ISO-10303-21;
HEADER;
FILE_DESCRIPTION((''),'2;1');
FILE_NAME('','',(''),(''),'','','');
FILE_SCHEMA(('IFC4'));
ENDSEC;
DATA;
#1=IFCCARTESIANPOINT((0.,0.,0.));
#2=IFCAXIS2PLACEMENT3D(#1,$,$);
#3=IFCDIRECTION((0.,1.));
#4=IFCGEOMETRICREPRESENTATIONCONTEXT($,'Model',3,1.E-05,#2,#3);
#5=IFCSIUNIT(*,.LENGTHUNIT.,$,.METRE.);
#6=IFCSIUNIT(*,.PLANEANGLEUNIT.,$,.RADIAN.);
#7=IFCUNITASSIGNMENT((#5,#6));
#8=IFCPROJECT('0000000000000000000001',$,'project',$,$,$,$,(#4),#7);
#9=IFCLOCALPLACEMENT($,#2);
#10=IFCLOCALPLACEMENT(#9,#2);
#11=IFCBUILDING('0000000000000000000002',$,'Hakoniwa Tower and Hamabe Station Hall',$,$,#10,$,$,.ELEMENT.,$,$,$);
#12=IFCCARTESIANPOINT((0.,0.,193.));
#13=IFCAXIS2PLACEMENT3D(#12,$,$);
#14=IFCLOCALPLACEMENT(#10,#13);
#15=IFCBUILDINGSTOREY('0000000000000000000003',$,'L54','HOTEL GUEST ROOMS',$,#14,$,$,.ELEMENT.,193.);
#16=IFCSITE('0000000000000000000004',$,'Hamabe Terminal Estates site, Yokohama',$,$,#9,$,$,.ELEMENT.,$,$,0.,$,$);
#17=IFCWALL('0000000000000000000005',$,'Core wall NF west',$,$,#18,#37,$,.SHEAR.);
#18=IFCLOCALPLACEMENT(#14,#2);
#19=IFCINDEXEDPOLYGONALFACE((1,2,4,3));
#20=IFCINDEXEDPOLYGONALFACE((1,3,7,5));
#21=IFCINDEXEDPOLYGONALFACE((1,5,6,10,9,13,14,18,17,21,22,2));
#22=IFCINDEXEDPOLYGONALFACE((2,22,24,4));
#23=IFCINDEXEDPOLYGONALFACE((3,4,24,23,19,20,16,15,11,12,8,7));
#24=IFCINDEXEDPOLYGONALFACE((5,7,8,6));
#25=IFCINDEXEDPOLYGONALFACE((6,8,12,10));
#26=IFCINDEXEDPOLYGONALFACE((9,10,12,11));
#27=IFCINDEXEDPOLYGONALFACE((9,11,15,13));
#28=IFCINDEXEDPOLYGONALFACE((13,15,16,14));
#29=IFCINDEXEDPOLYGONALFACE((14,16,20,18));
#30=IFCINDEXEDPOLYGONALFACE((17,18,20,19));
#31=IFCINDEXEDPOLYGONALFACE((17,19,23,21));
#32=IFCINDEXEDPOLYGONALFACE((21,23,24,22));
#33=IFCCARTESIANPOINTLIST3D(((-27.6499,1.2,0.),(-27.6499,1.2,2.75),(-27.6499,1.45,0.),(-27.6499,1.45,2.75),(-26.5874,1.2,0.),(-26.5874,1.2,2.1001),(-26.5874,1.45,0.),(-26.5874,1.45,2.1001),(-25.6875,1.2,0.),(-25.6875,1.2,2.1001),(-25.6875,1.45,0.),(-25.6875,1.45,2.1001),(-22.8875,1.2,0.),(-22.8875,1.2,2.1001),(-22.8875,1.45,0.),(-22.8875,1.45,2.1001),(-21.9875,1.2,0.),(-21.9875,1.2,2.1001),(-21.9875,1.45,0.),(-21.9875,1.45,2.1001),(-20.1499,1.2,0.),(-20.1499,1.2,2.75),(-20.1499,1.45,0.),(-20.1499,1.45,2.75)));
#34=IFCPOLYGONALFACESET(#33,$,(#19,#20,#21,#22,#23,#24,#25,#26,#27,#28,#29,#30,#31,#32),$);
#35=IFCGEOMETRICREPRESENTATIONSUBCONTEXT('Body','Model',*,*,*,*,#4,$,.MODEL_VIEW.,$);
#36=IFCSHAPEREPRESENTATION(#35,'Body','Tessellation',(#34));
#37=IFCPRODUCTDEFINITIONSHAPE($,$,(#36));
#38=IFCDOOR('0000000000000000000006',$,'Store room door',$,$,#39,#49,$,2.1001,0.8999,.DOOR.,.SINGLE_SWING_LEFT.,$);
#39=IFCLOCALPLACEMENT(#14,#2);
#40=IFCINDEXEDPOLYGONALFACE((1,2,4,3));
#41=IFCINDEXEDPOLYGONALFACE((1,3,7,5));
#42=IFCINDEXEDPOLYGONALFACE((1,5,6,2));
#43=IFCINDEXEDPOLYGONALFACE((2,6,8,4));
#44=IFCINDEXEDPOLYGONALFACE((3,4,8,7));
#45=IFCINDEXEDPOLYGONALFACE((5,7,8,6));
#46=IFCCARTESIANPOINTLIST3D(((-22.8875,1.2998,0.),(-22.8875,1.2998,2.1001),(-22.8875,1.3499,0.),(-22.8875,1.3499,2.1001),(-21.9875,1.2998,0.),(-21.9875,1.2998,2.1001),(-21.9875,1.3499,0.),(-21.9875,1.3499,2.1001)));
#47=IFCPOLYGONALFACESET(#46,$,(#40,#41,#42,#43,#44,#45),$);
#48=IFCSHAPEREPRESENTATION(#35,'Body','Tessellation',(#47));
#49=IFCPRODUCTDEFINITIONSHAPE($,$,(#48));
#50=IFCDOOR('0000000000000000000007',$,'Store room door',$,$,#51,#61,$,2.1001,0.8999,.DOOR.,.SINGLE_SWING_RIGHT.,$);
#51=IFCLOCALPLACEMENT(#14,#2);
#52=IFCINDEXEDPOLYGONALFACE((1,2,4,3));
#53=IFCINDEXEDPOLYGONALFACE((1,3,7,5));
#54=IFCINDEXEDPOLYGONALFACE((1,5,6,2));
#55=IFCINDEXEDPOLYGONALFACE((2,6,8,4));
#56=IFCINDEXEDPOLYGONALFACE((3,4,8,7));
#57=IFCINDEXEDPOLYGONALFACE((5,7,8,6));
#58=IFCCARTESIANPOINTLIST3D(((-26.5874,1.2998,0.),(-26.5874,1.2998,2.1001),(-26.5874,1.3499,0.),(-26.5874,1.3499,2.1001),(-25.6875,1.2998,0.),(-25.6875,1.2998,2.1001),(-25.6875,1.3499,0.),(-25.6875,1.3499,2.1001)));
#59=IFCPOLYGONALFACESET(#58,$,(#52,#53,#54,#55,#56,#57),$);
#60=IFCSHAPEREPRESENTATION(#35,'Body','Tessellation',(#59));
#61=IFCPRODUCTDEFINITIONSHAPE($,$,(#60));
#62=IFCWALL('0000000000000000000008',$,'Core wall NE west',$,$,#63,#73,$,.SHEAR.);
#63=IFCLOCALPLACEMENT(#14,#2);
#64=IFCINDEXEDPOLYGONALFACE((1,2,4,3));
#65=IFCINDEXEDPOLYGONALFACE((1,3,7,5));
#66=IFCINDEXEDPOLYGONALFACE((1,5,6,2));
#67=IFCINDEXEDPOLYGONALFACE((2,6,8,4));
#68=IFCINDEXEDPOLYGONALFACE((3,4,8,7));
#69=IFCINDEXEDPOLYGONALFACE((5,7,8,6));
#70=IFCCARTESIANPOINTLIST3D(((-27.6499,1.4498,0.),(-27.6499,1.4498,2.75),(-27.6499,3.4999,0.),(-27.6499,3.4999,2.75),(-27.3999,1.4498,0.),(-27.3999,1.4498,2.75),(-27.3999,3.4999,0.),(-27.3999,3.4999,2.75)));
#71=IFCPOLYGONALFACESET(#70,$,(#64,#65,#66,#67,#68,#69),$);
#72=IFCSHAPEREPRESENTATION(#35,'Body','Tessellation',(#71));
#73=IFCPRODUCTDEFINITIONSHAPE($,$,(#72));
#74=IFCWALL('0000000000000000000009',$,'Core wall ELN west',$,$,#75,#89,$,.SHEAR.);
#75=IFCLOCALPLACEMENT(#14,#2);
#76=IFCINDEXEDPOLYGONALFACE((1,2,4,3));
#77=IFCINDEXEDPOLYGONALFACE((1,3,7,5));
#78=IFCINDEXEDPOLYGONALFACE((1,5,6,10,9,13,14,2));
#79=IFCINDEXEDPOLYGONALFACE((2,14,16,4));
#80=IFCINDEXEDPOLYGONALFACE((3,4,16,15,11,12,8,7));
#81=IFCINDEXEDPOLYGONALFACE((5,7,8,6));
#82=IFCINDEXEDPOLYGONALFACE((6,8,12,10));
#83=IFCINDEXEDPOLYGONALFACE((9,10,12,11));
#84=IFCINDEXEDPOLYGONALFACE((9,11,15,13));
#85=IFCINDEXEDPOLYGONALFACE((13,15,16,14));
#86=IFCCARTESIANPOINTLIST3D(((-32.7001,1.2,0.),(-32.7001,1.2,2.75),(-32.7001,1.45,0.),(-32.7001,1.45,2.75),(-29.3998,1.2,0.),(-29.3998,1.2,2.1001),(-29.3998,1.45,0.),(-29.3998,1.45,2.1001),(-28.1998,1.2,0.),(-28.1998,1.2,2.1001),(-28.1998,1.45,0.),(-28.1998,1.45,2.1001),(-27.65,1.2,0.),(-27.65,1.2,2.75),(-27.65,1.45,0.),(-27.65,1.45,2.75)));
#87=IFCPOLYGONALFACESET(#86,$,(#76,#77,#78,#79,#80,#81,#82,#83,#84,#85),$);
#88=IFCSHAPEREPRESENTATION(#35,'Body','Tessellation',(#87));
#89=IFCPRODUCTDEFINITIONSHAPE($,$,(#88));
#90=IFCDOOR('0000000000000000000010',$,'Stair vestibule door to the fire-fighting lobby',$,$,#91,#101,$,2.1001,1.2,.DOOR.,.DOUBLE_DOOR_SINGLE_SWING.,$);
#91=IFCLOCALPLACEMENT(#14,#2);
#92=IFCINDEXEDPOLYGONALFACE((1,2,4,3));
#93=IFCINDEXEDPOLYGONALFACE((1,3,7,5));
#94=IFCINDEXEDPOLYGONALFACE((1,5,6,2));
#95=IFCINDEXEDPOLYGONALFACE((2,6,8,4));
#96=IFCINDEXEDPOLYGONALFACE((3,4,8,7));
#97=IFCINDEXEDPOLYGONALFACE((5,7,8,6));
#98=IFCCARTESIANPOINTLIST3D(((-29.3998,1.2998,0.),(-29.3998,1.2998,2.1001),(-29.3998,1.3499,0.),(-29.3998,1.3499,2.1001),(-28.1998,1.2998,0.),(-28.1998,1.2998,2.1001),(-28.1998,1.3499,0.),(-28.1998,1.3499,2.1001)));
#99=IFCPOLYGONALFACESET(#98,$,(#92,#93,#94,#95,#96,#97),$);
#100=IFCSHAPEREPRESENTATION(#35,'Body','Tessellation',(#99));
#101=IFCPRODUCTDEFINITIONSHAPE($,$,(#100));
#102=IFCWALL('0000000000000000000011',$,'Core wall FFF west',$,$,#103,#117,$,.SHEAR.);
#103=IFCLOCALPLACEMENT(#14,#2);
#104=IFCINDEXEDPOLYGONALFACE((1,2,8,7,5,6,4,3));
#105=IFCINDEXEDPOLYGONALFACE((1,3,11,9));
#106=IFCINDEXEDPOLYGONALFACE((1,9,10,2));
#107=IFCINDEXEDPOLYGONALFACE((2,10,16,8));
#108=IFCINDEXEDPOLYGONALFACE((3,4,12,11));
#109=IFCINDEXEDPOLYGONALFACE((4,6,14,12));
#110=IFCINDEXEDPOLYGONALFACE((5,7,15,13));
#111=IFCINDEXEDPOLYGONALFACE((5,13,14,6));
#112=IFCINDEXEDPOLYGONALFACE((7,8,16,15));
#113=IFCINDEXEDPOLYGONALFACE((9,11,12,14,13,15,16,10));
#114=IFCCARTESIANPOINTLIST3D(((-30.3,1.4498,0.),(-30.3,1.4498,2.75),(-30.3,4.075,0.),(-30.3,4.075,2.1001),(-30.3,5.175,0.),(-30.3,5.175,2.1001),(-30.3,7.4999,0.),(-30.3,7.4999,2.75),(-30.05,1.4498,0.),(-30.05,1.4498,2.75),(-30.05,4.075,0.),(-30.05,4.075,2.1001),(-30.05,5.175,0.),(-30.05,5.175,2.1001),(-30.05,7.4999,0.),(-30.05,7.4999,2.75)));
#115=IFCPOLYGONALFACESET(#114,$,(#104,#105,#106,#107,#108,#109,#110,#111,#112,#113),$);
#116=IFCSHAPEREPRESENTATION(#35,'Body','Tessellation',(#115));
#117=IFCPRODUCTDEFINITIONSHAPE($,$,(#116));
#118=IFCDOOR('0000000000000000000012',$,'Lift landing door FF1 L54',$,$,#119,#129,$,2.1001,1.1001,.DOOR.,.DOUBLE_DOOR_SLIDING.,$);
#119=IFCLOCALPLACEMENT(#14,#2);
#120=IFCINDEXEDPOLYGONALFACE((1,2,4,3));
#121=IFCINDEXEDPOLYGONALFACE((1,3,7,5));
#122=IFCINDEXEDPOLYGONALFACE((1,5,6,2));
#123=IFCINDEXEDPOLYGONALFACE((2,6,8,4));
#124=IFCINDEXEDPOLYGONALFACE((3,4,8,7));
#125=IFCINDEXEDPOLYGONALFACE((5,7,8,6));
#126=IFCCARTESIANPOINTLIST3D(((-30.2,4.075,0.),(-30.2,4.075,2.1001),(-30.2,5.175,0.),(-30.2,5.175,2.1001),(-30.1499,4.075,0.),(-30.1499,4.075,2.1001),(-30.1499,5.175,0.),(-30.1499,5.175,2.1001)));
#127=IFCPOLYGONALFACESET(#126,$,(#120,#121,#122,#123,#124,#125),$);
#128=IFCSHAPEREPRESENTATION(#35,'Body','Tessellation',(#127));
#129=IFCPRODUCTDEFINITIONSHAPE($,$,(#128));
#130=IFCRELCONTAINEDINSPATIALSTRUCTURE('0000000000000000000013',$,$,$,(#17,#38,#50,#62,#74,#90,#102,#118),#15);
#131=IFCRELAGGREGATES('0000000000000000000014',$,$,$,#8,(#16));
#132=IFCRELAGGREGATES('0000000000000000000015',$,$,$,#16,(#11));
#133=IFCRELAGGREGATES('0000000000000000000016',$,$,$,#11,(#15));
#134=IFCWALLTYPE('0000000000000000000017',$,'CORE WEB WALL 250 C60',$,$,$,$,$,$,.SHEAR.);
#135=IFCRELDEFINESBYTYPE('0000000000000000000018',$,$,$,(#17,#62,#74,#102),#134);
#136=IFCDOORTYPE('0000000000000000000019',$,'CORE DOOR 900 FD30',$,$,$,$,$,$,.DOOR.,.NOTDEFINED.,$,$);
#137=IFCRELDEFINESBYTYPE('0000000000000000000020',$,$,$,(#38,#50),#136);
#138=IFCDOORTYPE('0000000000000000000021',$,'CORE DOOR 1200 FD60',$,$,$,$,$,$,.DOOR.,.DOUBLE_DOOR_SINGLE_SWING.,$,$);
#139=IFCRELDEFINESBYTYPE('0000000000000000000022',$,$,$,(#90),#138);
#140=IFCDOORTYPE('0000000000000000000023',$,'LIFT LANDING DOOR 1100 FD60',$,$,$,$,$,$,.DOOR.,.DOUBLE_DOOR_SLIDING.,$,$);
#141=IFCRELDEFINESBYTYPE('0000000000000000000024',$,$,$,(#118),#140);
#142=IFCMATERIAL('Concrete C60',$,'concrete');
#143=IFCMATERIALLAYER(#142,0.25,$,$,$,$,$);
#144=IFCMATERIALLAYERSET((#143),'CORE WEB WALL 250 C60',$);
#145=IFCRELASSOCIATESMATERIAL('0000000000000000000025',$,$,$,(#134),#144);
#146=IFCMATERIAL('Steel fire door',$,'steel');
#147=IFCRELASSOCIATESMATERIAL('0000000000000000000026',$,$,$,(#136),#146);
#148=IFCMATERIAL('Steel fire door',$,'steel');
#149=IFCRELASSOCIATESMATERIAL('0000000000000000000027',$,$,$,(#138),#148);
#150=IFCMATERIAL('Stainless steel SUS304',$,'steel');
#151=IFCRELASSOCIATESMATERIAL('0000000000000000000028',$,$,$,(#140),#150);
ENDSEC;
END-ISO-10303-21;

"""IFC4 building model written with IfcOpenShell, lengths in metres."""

from ifc_helpers import new_model, si_unit, direction, frame, frame_2d, origin, place, context, subcontext, project, spatial, rectangle, extrude, material, layer, layer_set, type_object, element, fill, save


model = new_model("IFC4")

# Units and contexts
model_context = context("Model", 3, precision=1e-05, world=origin(), true_north=direction((0.0, 1.0)))
body_context = subcontext(model_context, "Body", "Model", "MODEL_VIEW")
ifc_project = project(units=[si_unit("LENGTHUNIT", "METRE"), si_unit("PLANEANGLEUNIT", "RADIAN")], contexts=[model_context])

# Site, building, storey
site_placement = place(None, origin())
site = spatial("IfcSite", under=ifc_project, at=site_placement, Name="Hamabe Terminal Estates site, Yokohama", CompositionType="ELEMENT", RefElevation=0.0)
building_placement = place(site_placement, origin())
building = spatial("IfcBuilding", under=site, at=building_placement, Name="Hakoniwa Tower and Hamabe Station Hall", CompositionType="ELEMENT")
storey_placement = place(building_placement, frame((0.0, 0.0, 193.0)))
storey = spatial("IfcBuildingStorey", under=building, at=storey_placement, Name="L54", Description="HOTEL GUEST ROOMS", CompositionType="ELEMENT", Elevation=193.0)

# Wall, openings, doors
ifc_material_1 = material(Name="Concrete C60", Category="concrete")
ifc_layer_1 = layer(ifc_material_1, 0.25)
ifc_layer_set_1 = layer_set([ifc_layer_1], Name="CORE WEB WALL 250 C60")
wall_type_1 = type_object("IfcWallType", Name="CORE WEB WALL 250 C60", PredefinedType="SHEAR", material=ifc_layer_set_1)
wall_1_placement = place(storey_placement, frame((-27.6499, 1.325, 0.0), z_axis=(0.0, 0.0, 1.0), x_axis=(1.0, 0.0, 0.0)))
wall_1 = element("IfcWall", 1, at=wall_1_placement, inside=storey, type_object=wall_type_1, Name="Core wall NF west", PredefinedType="SHEAR", context=body_context, shape_type="SweptSolid", body=[
    extrude(rectangle(XDim=7.5, YDim=0.25, at=frame_2d((3.75, 0.0))), origin(), (0.0, 0.0, 1.0), 2.75),
])
opening_1_placement = place(wall_1_placement, frame((4.7625, 0.0, 0.0)))
opening_1 = element("IfcOpeningElement", 2, at=opening_1_placement, cuts=wall_1, PredefinedType="OPENING", context=body_context, shape_type="SweptSolid", body=[
    extrude(rectangle(XDim=0.8999, YDim=2.1001, at=frame_2d((0.45, 1.05))), frame((0.0, 0.135, 0.0), z_axis=(0.0, -1.0, 0.0), x_axis=(1.0, 0.0, 0.0)), (0.0, 0.0, 1.0), 0.27),
])
opening_2_placement = place(wall_1_placement, frame((1.0625, 0.0, 0.0)))
opening_2 = element("IfcOpeningElement", 3, at=opening_2_placement, cuts=wall_1, PredefinedType="OPENING", context=body_context, shape_type="SweptSolid", body=[
    extrude(rectangle(XDim=0.8999, YDim=2.1001, at=frame_2d((0.45, 1.05))), frame((0.0, 0.135, 0.0), z_axis=(0.0, -1.0, 0.0), x_axis=(1.0, 0.0, 0.0)), (0.0, 0.0, 1.0), 0.27),
])
ifc_material_2 = material(Name="Steel fire door", Category="steel")
door_type_1 = type_object("IfcDoorType", Name="CORE DOOR 900 FD30", OperationType="NOTDEFINED", PredefinedType="DOOR", material=ifc_material_2)
door_1_placement = place(opening_1_placement, origin())
door_1 = element("IfcDoor", 4, at=door_1_placement, inside=storey, type_object=door_type_1, Name="Store room door", OperationType="SINGLE_SWING_LEFT", OverallHeight=2.1001, OverallWidth=0.8999, PredefinedType="DOOR", context=body_context, shape_type="SweptSolid", body=[
    extrude(rectangle(XDim=0.8999, YDim=2.1001, at=frame_2d((0.45, 1.05))), frame((0.0, 0.0249, 0.0), z_axis=(0.0, -1.0, 0.0), x_axis=(1.0, 0.0, 0.0)), (0.0, 0.0, 1.0), 0.05),
])
fill(opening_1, door_1)
door_2_placement = place(opening_2_placement, origin())
door_2 = element("IfcDoor", 5, at=door_2_placement, inside=storey, type_object=door_type_1, Name="Store room door", OperationType="SINGLE_SWING_RIGHT", OverallHeight=2.1001, OverallWidth=0.8999, PredefinedType="DOOR", context=body_context, shape_type="SweptSolid", body=[
    extrude(rectangle(XDim=0.8999, YDim=2.1001, at=frame_2d((0.45, 1.05))), frame((0.0, 0.0249, 0.0), z_axis=(0.0, -1.0, 0.0), x_axis=(1.0, 0.0, 0.0)), (0.0, 0.0, 1.0), 0.05),
])
fill(opening_2, door_2)

# Wall
wall_2_placement = place(storey_placement, frame((-27.5249, 1.45, 0.0), z_axis=(0.0, 0.0, 1.0), x_axis=(0.0, 1.0, 0.0)))
element("IfcWall", 6, at=wall_2_placement, inside=storey, type_object=wall_type_1, Name="Core wall NE west", PredefinedType="SHEAR", context=body_context, shape_type="SweptSolid", body=[
    extrude(rectangle(XDim=2.05, YDim=0.25, at=frame_2d((1.0249, 0.0))), origin(), (0.0, 0.0, 1.0), 2.75),
])

# Walls, openings, doors
wall_3_placement = place(storey_placement, frame((-32.7, 1.325, 0.0), z_axis=(0.0, 0.0, 1.0), x_axis=(1.0, 0.0, 0.0)))
wall_3 = element("IfcWall", 7, at=wall_3_placement, inside=storey, type_object=wall_type_1, Name="Core wall ELN west", PredefinedType="SHEAR", context=body_context, shape_type="SweptSolid", body=[
    extrude(rectangle(XDim=5.05, YDim=0.25, at=frame_2d((2.5249, 0.0))), origin(), (0.0, 0.0, 1.0), 2.75),
])
opening_3_placement = place(wall_3_placement, frame((3.3, 0.0, 0.0)))
opening_3 = element("IfcOpeningElement", 8, at=opening_3_placement, cuts=wall_3, PredefinedType="OPENING", context=body_context, shape_type="SweptSolid", body=[
    extrude(rectangle(XDim=1.2, YDim=2.1001, at=frame_2d((0.6001, 1.05))), frame((0.0, 0.135, 0.0), z_axis=(0.0, -1.0, 0.0), x_axis=(1.0, 0.0, 0.0)), (0.0, 0.0, 1.0), 0.27),
])
ifc_material_3 = material(Name="Steel fire door", Category="steel")
door_type_2 = type_object("IfcDoorType", Name="CORE DOOR 1200 FD60", OperationType="DOUBLE_DOOR_SINGLE_SWING", PredefinedType="DOOR", material=ifc_material_3)
door_3_placement = place(opening_3_placement, origin())
door_3 = element("IfcDoor", 9, at=door_3_placement, inside=storey, type_object=door_type_2, Name="Stair vestibule door to the fire-fighting lobby", OperationType="DOUBLE_DOOR_SINGLE_SWING", OverallHeight=2.1001, OverallWidth=1.2, PredefinedType="DOOR", context=body_context, shape_type="SweptSolid", body=[
    extrude(rectangle(XDim=1.2, YDim=2.1001, at=frame_2d((0.6001, 1.05))), frame((0.0, 0.0249, 0.0), z_axis=(0.0, -1.0, 0.0), x_axis=(1.0, 0.0, 0.0)), (0.0, 0.0, 1.0), 0.05),
])
fill(opening_3, door_3)
wall_4_placement = place(storey_placement, frame((-30.175, 1.45, 0.0), z_axis=(0.0, 0.0, 1.0), x_axis=(0.0, 1.0, 0.0)))
wall_4 = element("IfcWall", 10, at=wall_4_placement, inside=storey, type_object=wall_type_1, Name="Core wall FFF west", PredefinedType="SHEAR", context=body_context, shape_type="SweptSolid", body=[
    extrude(rectangle(XDim=6.05, YDim=0.25, at=frame_2d((3.0249, 0.0))), origin(), (0.0, 0.0, 1.0), 2.75),
])
opening_4_placement = place(wall_4_placement, frame((2.625, 0.0, 0.0)))
opening_4 = element("IfcOpeningElement", 11, at=opening_4_placement, cuts=wall_4, PredefinedType="OPENING", context=body_context, shape_type="SweptSolid", body=[
    extrude(rectangle(XDim=1.1001, YDim=2.1001, at=frame_2d((0.55, 1.05))), frame((0.0, 0.135, 0.0), z_axis=(0.0, -1.0, 0.0), x_axis=(1.0, 0.0, 0.0)), (0.0, 0.0, 1.0), 0.27),
])
ifc_material_4 = material(Name="Stainless steel SUS304", Category="steel")
door_type_3 = type_object("IfcDoorType", Name="LIFT LANDING DOOR 1100 FD60", OperationType="DOUBLE_DOOR_SLIDING", PredefinedType="DOOR", material=ifc_material_4)
door_4_placement = place(opening_4_placement, origin())
door_4 = element("IfcDoor", 12, at=door_4_placement, inside=storey, type_object=door_type_3, Name="Lift landing door FF1 L54", OperationType="DOUBLE_DOOR_SLIDING", OverallHeight=2.1001, OverallWidth=1.1001, PredefinedType="DOOR", context=body_context, shape_type="SweptSolid", body=[
    extrude(rectangle(XDim=1.1001, YDim=2.1001, at=frame_2d((0.55, 1.05))), frame((0.0, 0.0249, 0.0), z_axis=(0.0, -1.0, 0.0), x_axis=(1.0, 0.0, 0.0)), (0.0, 0.0, 1.0), 0.05),
])
fill(opening_4, door_4)

save(model, "model.ifc")
